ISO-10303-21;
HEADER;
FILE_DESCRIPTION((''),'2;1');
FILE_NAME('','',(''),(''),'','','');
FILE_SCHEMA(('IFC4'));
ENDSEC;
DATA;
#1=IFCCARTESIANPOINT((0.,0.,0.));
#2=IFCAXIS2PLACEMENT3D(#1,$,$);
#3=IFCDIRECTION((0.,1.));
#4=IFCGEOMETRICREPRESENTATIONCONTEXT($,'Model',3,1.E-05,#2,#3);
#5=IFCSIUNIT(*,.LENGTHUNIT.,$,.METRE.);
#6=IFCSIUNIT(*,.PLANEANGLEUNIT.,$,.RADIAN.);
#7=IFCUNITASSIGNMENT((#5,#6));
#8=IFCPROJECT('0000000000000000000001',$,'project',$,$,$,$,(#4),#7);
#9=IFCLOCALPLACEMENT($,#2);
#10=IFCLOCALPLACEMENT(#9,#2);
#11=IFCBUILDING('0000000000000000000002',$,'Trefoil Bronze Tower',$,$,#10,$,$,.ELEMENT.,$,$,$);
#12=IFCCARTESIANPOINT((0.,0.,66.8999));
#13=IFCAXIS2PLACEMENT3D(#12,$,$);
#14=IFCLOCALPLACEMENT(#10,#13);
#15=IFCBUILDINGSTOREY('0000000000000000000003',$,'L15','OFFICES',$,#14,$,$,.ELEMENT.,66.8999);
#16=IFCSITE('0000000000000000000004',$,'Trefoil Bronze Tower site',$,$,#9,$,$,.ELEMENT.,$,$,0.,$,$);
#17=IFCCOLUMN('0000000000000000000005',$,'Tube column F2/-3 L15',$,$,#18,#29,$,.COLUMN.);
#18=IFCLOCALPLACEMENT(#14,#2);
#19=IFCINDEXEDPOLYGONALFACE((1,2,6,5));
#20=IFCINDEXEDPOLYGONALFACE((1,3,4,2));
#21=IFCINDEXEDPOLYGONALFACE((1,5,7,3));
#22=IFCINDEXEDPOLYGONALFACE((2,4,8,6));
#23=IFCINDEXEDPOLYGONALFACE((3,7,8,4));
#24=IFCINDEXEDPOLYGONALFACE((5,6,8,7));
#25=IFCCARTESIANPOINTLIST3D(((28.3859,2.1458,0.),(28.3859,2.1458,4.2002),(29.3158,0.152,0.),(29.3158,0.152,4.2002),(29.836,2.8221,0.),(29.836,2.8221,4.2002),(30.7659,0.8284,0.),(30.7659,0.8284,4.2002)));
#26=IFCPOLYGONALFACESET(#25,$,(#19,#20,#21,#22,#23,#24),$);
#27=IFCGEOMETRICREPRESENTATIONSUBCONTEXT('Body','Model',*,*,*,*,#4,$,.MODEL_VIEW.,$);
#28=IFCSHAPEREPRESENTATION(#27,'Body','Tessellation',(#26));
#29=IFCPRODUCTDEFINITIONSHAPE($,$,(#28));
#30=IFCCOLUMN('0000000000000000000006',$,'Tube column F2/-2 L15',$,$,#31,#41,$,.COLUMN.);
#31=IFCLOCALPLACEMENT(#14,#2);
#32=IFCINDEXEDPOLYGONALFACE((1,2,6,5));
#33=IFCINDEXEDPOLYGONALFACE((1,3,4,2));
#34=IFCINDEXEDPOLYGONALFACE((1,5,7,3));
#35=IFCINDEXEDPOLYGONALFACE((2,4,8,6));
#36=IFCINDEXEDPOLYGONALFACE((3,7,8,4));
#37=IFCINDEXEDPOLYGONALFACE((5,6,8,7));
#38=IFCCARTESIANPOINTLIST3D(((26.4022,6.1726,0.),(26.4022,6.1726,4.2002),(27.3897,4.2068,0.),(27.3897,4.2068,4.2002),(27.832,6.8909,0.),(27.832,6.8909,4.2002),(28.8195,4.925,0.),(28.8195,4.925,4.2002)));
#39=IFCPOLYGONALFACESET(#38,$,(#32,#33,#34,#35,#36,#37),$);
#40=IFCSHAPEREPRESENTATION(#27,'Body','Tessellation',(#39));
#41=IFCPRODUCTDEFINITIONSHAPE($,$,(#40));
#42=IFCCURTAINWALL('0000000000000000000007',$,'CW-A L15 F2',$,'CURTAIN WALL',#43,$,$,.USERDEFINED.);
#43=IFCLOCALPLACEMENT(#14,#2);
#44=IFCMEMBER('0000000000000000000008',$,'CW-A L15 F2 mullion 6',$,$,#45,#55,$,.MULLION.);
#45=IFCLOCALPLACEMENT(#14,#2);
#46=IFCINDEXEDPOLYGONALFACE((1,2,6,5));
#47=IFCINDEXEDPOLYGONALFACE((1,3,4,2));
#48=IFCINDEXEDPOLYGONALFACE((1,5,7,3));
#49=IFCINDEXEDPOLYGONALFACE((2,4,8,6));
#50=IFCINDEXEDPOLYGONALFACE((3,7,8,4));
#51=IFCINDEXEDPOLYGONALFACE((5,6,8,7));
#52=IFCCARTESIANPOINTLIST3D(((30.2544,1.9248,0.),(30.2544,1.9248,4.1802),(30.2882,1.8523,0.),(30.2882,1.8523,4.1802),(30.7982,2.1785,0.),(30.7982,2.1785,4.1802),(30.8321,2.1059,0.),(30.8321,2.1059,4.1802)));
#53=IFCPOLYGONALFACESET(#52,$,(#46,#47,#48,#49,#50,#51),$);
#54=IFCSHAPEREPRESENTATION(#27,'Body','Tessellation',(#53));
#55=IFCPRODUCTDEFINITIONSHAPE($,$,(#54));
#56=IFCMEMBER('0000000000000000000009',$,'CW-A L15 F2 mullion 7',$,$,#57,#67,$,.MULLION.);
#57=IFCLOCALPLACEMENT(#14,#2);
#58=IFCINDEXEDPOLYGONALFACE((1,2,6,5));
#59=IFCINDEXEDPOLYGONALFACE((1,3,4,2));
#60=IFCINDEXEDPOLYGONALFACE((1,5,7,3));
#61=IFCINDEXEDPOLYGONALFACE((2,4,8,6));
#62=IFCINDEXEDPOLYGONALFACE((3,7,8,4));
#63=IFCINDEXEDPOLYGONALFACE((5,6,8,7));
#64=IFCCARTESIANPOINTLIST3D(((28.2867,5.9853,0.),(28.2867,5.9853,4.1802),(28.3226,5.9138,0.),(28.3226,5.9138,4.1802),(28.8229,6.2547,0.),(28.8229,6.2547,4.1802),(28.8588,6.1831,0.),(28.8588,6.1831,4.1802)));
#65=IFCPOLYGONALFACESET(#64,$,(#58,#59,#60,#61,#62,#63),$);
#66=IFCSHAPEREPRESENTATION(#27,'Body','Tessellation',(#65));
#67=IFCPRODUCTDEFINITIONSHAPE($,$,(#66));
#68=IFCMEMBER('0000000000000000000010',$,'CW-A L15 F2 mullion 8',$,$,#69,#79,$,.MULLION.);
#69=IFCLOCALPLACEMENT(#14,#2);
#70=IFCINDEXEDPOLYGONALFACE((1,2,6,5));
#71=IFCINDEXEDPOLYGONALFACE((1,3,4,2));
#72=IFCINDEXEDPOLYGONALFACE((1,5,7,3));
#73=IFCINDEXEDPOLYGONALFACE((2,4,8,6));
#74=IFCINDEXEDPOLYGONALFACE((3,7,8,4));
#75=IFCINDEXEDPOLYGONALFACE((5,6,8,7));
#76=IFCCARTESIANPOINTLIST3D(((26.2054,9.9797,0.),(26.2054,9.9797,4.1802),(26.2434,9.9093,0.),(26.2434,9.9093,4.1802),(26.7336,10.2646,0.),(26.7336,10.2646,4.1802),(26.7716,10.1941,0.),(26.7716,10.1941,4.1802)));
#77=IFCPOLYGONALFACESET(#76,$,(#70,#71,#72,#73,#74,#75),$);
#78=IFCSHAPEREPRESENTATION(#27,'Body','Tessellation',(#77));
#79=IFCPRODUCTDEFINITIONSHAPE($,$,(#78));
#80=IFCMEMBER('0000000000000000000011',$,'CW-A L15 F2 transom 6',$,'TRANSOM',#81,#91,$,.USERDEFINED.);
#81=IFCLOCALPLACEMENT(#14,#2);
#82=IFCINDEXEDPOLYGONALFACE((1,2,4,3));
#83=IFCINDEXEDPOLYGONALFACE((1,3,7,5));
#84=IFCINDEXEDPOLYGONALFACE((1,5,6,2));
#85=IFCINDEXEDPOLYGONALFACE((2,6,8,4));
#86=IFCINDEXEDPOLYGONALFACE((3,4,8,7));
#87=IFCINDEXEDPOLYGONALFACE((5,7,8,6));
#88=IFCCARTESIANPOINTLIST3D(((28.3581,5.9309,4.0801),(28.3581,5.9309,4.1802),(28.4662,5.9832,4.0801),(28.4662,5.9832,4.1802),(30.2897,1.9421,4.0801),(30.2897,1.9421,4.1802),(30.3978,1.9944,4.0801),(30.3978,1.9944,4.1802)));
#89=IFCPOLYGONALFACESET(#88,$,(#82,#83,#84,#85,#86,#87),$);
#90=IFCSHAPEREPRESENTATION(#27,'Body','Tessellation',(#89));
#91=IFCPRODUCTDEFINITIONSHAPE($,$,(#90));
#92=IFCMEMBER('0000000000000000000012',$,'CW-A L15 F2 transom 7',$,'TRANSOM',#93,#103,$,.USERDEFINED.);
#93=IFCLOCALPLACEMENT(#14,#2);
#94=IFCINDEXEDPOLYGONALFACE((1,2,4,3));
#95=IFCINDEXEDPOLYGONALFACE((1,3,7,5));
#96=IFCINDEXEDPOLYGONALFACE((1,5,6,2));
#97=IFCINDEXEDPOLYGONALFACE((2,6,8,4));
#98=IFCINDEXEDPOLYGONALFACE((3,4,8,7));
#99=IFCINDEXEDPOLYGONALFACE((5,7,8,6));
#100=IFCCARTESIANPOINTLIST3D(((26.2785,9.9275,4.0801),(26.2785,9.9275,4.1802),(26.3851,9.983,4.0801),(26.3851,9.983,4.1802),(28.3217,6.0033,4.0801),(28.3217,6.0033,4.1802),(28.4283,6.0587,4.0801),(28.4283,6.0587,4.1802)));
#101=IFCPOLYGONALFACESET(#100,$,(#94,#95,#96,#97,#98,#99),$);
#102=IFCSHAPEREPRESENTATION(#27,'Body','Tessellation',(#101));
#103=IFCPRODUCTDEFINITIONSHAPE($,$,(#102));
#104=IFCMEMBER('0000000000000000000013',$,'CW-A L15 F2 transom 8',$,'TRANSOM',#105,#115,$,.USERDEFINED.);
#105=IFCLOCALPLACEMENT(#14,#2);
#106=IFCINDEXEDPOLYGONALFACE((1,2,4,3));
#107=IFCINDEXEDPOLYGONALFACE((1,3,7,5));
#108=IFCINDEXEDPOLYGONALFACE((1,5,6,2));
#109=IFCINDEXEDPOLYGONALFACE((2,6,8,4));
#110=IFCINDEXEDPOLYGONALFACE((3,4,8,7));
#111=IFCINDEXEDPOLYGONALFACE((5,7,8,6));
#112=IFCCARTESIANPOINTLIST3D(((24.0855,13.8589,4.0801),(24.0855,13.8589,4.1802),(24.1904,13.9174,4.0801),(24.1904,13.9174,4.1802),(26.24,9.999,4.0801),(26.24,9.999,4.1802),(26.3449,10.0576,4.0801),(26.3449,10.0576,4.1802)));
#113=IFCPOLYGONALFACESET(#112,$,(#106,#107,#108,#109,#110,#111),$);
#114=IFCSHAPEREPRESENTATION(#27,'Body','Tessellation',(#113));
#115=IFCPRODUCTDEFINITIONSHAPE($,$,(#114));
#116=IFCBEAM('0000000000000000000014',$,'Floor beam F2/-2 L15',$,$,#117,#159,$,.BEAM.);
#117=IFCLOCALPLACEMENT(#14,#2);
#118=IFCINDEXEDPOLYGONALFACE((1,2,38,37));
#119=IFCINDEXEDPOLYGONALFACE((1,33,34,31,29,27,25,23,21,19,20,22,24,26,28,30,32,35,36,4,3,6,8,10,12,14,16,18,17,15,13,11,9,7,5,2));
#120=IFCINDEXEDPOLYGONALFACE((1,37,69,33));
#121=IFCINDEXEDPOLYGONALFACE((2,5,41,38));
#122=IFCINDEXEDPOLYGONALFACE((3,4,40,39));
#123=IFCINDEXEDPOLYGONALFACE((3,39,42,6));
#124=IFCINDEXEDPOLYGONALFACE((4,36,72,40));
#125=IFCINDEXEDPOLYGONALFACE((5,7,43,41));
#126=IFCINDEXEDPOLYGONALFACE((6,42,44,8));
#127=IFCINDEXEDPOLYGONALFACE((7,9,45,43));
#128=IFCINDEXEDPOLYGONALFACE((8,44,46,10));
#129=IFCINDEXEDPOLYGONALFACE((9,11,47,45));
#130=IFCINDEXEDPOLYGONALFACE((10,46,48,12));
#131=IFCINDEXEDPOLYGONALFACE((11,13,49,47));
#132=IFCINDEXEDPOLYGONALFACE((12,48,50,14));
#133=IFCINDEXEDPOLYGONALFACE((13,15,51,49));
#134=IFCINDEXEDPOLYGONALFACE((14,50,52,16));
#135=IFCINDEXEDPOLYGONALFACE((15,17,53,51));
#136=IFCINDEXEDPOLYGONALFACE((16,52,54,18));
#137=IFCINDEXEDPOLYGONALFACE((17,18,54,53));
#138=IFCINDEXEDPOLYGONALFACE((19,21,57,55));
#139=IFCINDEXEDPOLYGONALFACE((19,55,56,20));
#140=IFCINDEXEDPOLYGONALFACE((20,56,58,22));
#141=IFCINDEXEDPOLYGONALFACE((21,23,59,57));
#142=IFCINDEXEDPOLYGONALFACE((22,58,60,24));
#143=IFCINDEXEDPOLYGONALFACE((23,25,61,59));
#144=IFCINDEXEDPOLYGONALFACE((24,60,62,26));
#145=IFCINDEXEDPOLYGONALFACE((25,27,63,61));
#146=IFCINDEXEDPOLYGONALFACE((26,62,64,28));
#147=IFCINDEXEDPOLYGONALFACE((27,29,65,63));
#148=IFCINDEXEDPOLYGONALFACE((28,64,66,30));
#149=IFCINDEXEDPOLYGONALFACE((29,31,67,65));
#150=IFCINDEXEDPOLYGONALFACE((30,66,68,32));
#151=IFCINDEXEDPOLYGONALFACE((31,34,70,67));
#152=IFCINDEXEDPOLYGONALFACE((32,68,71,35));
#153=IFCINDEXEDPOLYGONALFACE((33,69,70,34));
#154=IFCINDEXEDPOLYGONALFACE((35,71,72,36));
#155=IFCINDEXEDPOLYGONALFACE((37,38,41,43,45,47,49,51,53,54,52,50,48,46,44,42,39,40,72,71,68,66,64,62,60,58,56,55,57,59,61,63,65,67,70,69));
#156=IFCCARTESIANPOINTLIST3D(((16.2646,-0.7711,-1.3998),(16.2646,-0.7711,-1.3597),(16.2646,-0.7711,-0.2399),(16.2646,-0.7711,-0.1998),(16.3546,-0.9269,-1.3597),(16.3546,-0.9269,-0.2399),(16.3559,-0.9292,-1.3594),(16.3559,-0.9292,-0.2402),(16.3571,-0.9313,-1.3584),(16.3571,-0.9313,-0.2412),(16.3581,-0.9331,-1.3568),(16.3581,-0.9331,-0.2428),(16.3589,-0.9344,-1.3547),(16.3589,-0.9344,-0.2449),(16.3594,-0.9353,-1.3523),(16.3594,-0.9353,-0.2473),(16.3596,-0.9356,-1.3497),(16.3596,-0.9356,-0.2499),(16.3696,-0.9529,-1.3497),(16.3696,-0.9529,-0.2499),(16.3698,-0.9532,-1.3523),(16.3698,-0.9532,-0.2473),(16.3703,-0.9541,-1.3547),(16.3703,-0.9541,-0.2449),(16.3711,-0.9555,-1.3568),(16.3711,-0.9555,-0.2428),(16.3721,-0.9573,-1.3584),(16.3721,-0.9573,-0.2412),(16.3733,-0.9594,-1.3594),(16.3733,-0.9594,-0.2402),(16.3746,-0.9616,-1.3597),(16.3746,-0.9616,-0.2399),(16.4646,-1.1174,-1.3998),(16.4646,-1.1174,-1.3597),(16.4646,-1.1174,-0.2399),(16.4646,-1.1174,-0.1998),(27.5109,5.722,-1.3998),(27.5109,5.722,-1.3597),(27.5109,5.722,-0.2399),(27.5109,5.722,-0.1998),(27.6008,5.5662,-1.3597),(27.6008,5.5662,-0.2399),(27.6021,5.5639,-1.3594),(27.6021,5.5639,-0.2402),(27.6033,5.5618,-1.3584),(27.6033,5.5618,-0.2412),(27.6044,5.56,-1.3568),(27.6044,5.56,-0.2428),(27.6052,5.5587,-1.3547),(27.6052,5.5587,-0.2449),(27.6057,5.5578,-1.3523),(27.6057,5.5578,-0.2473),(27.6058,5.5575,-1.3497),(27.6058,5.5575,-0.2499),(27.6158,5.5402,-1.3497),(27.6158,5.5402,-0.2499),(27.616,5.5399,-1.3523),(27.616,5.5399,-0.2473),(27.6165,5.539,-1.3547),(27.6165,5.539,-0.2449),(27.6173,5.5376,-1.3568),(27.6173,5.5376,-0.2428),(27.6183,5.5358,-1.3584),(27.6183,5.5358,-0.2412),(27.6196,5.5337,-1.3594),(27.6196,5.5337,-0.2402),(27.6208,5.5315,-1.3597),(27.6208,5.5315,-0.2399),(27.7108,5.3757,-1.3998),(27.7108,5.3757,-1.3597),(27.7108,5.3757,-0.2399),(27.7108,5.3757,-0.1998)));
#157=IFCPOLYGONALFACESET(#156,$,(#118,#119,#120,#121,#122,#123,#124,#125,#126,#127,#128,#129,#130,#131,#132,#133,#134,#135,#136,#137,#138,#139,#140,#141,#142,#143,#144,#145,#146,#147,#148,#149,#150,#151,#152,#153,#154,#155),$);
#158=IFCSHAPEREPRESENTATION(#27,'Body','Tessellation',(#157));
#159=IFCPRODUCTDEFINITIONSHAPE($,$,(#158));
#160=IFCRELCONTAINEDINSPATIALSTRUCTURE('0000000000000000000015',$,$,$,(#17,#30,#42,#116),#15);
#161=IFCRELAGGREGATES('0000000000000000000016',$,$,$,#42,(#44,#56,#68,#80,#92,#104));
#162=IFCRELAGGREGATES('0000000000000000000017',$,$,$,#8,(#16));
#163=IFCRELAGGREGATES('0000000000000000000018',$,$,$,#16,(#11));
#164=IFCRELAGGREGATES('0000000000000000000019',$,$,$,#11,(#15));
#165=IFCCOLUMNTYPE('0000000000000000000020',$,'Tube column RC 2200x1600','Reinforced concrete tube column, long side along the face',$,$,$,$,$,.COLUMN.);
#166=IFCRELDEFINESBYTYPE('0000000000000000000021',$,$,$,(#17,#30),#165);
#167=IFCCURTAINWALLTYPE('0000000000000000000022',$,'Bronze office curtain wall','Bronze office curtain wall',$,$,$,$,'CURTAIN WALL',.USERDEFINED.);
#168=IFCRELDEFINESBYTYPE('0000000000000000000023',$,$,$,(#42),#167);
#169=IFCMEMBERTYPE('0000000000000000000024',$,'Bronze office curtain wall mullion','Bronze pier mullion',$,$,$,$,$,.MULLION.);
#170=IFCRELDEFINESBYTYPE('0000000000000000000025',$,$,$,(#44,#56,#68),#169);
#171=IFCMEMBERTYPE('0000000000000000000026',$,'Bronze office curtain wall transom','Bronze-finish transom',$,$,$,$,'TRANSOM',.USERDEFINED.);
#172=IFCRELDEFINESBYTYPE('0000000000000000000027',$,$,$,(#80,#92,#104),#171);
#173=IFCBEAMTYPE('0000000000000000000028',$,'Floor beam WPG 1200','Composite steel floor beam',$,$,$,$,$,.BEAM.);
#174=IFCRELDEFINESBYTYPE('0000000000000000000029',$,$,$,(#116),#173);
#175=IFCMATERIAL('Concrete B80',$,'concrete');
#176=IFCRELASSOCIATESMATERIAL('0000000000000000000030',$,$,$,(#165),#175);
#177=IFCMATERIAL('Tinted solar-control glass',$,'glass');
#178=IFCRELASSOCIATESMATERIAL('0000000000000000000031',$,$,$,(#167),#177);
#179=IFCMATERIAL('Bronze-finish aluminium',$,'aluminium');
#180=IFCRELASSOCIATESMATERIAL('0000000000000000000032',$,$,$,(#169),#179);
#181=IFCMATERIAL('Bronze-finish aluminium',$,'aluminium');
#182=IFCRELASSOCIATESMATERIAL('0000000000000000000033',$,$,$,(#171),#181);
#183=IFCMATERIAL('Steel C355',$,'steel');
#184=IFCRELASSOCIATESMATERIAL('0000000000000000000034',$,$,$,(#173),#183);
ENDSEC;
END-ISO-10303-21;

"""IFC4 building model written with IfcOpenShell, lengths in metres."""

from ifc_helpers import new_model, si_unit, direction, frame, origin, origin_2d, place, context, subcontext, project, spatial, rectangle, i_section, extrude, material, material_profile, profile_set, type_object, element, aggregate, save


model = new_model("IFC4")

# Units and contexts
model_context = context("Model", 3, precision=1e-05, world=origin(), true_north=direction((0.0, 1.0)))
body_context = subcontext(model_context, "Body", "Model", "MODEL_VIEW")
ifc_project = project(units=[si_unit("LENGTHUNIT", "METRE"), si_unit("PLANEANGLEUNIT", "RADIAN")], contexts=[model_context])

# Site, building, storey
site_placement = place(None, origin())
site = spatial("IfcSite", under=ifc_project, at=site_placement, Name="Trefoil Bronze Tower site", CompositionType="ELEMENT", RefElevation=0.0)
building_placement = place(site_placement, origin())
building = spatial("IfcBuilding", under=site, at=building_placement, Name="Trefoil Bronze Tower", CompositionType="ELEMENT")
storey_placement = place(building_placement, frame((0.0, 0.0, 66.8999)))
storey = spatial("IfcBuildingStorey", under=building, at=storey_placement, Name="L15", Description="OFFICES", CompositionType="ELEMENT", Elevation=66.8999)

# Columns
ifc_material_1 = material(Name="Concrete B80", Category="concrete")
ifc_material_profile_1 = material_profile(ifc_material_1, rectangle(XDim=2.2, YDim=1.6001, at=origin_2d()), Name="RC 2200x1600")
ifc_profile_set_1 = profile_set([ifc_material_profile_1], Name="Concrete B80")
column_type = type_object("IfcColumnType", Name="Tube column RC 2200x1600", Description="Reinforced concrete tube column, long side along the face", PredefinedType="COLUMN", material=ifc_profile_set_1)
for number, where, z_axis, x_axis, name in (
    (1, (29.5759, 1.4871, 0.0), (0.0, 0.0, 1.0), (-0.422701, 0.906269, 0.0), "Tube column F2/-3 L15"),
    (2, (27.6108, 5.5488, 0.0), (0.0, 0.0, 1.0), (-0.44889, 0.893587, 0.0), "Tube column F2/-2 L15"),
):
    element("IfcColumn", number, at=place(storey_placement, frame(where, z_axis=z_axis, x_axis=x_axis)), inside=storey, type_object=column_type, Name=name, PredefinedType="COLUMN", context=body_context, shape_type="SweptSolid", body=[
        extrude(rectangle(XDim=2.2, YDim=1.6001, at=origin_2d()), origin(), (0.0, 0.0, 1.0), 4.2002),
    ])

# Curtain wall, members
ifc_material_2 = material(Name="Tinted solar-control glass", Category="glass")
curtain_wall_type = type_object("IfcCurtainWallType", Name="Bronze office curtain wall", Description="Bronze office curtain wall", ElementType="CURTAIN WALL", PredefinedType="USERDEFINED", material=ifc_material_2)
curtain_wall_placement = place(storey_placement, origin())
curtain_wall = element("IfcCurtainWall", 3, at=curtain_wall_placement, inside=storey, type_object=curtain_wall_type, Name="CW-A L15 F2", ObjectType="CURTAIN WALL", PredefinedType="USERDEFINED")
ifc_material_3 = material(Name="Bronze-finish aluminium", Category="aluminium")
ifc_material_profile_2 = material_profile(ifc_material_3, rectangle(XDim=0.6001, YDim=0.0801, at=origin_2d()), Name="CW-A mullion")
ifc_profile_set_2 = profile_set([ifc_material_profile_2], Name="Bronze-finish aluminium")
member_type_1 = type_object("IfcMemberType", Name="Bronze office curtain wall mullion", Description="Bronze pier mullion", PredefinedType="MULLION", material=ifc_profile_set_2)
member_1_placement = place(storey_placement, frame((30.5432, 2.0154, 0.0), z_axis=(0.0, 0.0, 1.0), x_axis=(-0.906269, -0.422701, 0.0)))
member_1 = element("IfcMember", 4, at=member_1_placement, type_object=member_type_1, Name="CW-A L15 F2 mullion 6", PredefinedType="MULLION", context=body_context, shape_type="SweptSolid", body=[
    extrude(rectangle(XDim=0.6001, YDim=0.0801, at=origin_2d()), origin(), (0.0, 0.0, 1.0), 4.1802),
])
member_2_placement = place(storey_placement, frame((28.5728, 6.0842, 0.0), z_axis=(0.0, 0.0, 1.0), x_axis=(-0.893587, -0.44889, 0.0)))
member_2 = element("IfcMember", 5, at=member_2_placement, type_object=member_type_1, Name="CW-A L15 F2 mullion 7", PredefinedType="MULLION", context=body_context, shape_type="SweptSolid", body=[
    extrude(rectangle(XDim=0.6001, YDim=0.0801, at=origin_2d()), origin(), (0.0, 0.0, 1.0), 4.1802),
])
member_3_placement = place(storey_placement, frame((26.4885, 10.0869, 0.0), z_axis=(0.0, 0.0, 1.0), x_axis=(-0.880171, -0.474656, 0.0)))
member_3 = element("IfcMember", 6, at=member_3_placement, type_object=member_type_1, Name="CW-A L15 F2 mullion 8", PredefinedType="MULLION", context=body_context, shape_type="SweptSolid", body=[
    extrude(rectangle(XDim=0.6001, YDim=0.0801, at=origin_2d()), origin(), (0.0, 0.0, 1.0), 4.1802),
])
ifc_material_4 = material(Name="Bronze-finish aluminium", Category="aluminium")
ifc_material_profile_3 = material_profile(ifc_material_4, rectangle(XDim=0.1201, YDim=0.1001, at=origin_2d()), Name="CW-A transom")
ifc_profile_set_3 = profile_set([ifc_material_profile_3], Name="Bronze-finish aluminium")
member_type_2 = type_object("IfcMemberType", Name="Bronze office curtain wall transom", Description="Bronze-finish transom", ElementType="TRANSOM", PredefinedType="USERDEFINED", material=ifc_profile_set_3)
member_4_placement = place(storey_placement, frame((30.3438, 1.9683, 4.1301), z_axis=(-0.435852, 0.900018, 0.0), x_axis=(-0.900018, -0.435852, 0.0)))
member_4 = element("IfcMember", 7, at=member_4_placement, type_object=member_type_2, Name="CW-A L15 F2 transom 6", ObjectType="TRANSOM", PredefinedType="USERDEFINED", context=body_context, shape_type="SweptSolid", body=[
    extrude(rectangle(XDim=0.1201, YDim=0.1001, at=origin_2d()), origin(), (0.0, 0.0, 1.0), 4.4319),
])
member_5_placement = place(storey_placement, frame((28.375, 6.031, 4.1301), z_axis=(-0.46181, 0.886979, 0.0), x_axis=(-0.886979, -0.46181, 0.0)))
member_5 = element("IfcMember", 8, at=member_5_placement, type_object=member_type_2, Name="CW-A L15 F2 transom 7", ObjectType="TRANSOM", PredefinedType="USERDEFINED", context=body_context, shape_type="SweptSolid", body=[
    extrude(rectangle(XDim=0.1201, YDim=0.1001, at=origin_2d()), origin(), (0.0, 0.0, 1.0), 4.4243),
])
member_6_placement = place(storey_placement, frame((26.2925, 10.0283, 4.1301), z_axis=(-0.4874, 0.873179, 0.0), x_axis=(-0.873179, -0.4874, 0.0)))
member_6 = element("IfcMember", 9, at=member_6_placement, type_object=member_type_2, Name="CW-A L15 F2 transom 8", ObjectType="TRANSOM", PredefinedType="USERDEFINED", context=body_context, shape_type="SweptSolid", body=[
    extrude(rectangle(XDim=0.1201, YDim=0.1001, at=origin_2d()), origin(), (0.0, 0.0, 1.0), 4.4204),
])

# Beam
ifc_material_5 = material(Name="Steel C355", Category="steel")
ifc_material_profile_4 = material_profile(ifc_material_5, i_section(OverallWidth=0.3999, OverallDepth=1.2, WebThickness=0.02, FlangeThickness=0.04, FilletRadius=0.01, at=origin_2d()), Name="WPG 1200")
ifc_profile_set_4 = profile_set([ifc_material_profile_4], Name="Steel C355")
beam_type_1 = type_object("IfcBeamType", Name="Floor beam WPG 1200", Description="Composite steel floor beam", PredefinedType="BEAM", material=ifc_profile_set_4)
beam_1_placement = place(storey_placement, frame((27.6108, 5.5488, -0.7998), z_axis=(-0.866022, -0.500005, 0.0), x_axis=(0.500005, -0.866022, 0.0)))
element("IfcBeam", 10, at=beam_1_placement, inside=storey, type_object=beam_type_1, Name="Floor beam F2/-2 L15", PredefinedType="BEAM", context=body_context, shape_type="SweptSolid", body=[
    extrude(i_section(OverallWidth=0.3999, OverallDepth=1.2, WebThickness=0.02, FlangeThickness=0.04, FilletRadius=0.01, at=origin_2d()), origin(), (0.0, 0.0, 1.0), 12.9861),
])

aggregate(curtain_wall, [member_1, member_2, member_3, member_4, member_5, member_6])

save(model, "model.ifc")
